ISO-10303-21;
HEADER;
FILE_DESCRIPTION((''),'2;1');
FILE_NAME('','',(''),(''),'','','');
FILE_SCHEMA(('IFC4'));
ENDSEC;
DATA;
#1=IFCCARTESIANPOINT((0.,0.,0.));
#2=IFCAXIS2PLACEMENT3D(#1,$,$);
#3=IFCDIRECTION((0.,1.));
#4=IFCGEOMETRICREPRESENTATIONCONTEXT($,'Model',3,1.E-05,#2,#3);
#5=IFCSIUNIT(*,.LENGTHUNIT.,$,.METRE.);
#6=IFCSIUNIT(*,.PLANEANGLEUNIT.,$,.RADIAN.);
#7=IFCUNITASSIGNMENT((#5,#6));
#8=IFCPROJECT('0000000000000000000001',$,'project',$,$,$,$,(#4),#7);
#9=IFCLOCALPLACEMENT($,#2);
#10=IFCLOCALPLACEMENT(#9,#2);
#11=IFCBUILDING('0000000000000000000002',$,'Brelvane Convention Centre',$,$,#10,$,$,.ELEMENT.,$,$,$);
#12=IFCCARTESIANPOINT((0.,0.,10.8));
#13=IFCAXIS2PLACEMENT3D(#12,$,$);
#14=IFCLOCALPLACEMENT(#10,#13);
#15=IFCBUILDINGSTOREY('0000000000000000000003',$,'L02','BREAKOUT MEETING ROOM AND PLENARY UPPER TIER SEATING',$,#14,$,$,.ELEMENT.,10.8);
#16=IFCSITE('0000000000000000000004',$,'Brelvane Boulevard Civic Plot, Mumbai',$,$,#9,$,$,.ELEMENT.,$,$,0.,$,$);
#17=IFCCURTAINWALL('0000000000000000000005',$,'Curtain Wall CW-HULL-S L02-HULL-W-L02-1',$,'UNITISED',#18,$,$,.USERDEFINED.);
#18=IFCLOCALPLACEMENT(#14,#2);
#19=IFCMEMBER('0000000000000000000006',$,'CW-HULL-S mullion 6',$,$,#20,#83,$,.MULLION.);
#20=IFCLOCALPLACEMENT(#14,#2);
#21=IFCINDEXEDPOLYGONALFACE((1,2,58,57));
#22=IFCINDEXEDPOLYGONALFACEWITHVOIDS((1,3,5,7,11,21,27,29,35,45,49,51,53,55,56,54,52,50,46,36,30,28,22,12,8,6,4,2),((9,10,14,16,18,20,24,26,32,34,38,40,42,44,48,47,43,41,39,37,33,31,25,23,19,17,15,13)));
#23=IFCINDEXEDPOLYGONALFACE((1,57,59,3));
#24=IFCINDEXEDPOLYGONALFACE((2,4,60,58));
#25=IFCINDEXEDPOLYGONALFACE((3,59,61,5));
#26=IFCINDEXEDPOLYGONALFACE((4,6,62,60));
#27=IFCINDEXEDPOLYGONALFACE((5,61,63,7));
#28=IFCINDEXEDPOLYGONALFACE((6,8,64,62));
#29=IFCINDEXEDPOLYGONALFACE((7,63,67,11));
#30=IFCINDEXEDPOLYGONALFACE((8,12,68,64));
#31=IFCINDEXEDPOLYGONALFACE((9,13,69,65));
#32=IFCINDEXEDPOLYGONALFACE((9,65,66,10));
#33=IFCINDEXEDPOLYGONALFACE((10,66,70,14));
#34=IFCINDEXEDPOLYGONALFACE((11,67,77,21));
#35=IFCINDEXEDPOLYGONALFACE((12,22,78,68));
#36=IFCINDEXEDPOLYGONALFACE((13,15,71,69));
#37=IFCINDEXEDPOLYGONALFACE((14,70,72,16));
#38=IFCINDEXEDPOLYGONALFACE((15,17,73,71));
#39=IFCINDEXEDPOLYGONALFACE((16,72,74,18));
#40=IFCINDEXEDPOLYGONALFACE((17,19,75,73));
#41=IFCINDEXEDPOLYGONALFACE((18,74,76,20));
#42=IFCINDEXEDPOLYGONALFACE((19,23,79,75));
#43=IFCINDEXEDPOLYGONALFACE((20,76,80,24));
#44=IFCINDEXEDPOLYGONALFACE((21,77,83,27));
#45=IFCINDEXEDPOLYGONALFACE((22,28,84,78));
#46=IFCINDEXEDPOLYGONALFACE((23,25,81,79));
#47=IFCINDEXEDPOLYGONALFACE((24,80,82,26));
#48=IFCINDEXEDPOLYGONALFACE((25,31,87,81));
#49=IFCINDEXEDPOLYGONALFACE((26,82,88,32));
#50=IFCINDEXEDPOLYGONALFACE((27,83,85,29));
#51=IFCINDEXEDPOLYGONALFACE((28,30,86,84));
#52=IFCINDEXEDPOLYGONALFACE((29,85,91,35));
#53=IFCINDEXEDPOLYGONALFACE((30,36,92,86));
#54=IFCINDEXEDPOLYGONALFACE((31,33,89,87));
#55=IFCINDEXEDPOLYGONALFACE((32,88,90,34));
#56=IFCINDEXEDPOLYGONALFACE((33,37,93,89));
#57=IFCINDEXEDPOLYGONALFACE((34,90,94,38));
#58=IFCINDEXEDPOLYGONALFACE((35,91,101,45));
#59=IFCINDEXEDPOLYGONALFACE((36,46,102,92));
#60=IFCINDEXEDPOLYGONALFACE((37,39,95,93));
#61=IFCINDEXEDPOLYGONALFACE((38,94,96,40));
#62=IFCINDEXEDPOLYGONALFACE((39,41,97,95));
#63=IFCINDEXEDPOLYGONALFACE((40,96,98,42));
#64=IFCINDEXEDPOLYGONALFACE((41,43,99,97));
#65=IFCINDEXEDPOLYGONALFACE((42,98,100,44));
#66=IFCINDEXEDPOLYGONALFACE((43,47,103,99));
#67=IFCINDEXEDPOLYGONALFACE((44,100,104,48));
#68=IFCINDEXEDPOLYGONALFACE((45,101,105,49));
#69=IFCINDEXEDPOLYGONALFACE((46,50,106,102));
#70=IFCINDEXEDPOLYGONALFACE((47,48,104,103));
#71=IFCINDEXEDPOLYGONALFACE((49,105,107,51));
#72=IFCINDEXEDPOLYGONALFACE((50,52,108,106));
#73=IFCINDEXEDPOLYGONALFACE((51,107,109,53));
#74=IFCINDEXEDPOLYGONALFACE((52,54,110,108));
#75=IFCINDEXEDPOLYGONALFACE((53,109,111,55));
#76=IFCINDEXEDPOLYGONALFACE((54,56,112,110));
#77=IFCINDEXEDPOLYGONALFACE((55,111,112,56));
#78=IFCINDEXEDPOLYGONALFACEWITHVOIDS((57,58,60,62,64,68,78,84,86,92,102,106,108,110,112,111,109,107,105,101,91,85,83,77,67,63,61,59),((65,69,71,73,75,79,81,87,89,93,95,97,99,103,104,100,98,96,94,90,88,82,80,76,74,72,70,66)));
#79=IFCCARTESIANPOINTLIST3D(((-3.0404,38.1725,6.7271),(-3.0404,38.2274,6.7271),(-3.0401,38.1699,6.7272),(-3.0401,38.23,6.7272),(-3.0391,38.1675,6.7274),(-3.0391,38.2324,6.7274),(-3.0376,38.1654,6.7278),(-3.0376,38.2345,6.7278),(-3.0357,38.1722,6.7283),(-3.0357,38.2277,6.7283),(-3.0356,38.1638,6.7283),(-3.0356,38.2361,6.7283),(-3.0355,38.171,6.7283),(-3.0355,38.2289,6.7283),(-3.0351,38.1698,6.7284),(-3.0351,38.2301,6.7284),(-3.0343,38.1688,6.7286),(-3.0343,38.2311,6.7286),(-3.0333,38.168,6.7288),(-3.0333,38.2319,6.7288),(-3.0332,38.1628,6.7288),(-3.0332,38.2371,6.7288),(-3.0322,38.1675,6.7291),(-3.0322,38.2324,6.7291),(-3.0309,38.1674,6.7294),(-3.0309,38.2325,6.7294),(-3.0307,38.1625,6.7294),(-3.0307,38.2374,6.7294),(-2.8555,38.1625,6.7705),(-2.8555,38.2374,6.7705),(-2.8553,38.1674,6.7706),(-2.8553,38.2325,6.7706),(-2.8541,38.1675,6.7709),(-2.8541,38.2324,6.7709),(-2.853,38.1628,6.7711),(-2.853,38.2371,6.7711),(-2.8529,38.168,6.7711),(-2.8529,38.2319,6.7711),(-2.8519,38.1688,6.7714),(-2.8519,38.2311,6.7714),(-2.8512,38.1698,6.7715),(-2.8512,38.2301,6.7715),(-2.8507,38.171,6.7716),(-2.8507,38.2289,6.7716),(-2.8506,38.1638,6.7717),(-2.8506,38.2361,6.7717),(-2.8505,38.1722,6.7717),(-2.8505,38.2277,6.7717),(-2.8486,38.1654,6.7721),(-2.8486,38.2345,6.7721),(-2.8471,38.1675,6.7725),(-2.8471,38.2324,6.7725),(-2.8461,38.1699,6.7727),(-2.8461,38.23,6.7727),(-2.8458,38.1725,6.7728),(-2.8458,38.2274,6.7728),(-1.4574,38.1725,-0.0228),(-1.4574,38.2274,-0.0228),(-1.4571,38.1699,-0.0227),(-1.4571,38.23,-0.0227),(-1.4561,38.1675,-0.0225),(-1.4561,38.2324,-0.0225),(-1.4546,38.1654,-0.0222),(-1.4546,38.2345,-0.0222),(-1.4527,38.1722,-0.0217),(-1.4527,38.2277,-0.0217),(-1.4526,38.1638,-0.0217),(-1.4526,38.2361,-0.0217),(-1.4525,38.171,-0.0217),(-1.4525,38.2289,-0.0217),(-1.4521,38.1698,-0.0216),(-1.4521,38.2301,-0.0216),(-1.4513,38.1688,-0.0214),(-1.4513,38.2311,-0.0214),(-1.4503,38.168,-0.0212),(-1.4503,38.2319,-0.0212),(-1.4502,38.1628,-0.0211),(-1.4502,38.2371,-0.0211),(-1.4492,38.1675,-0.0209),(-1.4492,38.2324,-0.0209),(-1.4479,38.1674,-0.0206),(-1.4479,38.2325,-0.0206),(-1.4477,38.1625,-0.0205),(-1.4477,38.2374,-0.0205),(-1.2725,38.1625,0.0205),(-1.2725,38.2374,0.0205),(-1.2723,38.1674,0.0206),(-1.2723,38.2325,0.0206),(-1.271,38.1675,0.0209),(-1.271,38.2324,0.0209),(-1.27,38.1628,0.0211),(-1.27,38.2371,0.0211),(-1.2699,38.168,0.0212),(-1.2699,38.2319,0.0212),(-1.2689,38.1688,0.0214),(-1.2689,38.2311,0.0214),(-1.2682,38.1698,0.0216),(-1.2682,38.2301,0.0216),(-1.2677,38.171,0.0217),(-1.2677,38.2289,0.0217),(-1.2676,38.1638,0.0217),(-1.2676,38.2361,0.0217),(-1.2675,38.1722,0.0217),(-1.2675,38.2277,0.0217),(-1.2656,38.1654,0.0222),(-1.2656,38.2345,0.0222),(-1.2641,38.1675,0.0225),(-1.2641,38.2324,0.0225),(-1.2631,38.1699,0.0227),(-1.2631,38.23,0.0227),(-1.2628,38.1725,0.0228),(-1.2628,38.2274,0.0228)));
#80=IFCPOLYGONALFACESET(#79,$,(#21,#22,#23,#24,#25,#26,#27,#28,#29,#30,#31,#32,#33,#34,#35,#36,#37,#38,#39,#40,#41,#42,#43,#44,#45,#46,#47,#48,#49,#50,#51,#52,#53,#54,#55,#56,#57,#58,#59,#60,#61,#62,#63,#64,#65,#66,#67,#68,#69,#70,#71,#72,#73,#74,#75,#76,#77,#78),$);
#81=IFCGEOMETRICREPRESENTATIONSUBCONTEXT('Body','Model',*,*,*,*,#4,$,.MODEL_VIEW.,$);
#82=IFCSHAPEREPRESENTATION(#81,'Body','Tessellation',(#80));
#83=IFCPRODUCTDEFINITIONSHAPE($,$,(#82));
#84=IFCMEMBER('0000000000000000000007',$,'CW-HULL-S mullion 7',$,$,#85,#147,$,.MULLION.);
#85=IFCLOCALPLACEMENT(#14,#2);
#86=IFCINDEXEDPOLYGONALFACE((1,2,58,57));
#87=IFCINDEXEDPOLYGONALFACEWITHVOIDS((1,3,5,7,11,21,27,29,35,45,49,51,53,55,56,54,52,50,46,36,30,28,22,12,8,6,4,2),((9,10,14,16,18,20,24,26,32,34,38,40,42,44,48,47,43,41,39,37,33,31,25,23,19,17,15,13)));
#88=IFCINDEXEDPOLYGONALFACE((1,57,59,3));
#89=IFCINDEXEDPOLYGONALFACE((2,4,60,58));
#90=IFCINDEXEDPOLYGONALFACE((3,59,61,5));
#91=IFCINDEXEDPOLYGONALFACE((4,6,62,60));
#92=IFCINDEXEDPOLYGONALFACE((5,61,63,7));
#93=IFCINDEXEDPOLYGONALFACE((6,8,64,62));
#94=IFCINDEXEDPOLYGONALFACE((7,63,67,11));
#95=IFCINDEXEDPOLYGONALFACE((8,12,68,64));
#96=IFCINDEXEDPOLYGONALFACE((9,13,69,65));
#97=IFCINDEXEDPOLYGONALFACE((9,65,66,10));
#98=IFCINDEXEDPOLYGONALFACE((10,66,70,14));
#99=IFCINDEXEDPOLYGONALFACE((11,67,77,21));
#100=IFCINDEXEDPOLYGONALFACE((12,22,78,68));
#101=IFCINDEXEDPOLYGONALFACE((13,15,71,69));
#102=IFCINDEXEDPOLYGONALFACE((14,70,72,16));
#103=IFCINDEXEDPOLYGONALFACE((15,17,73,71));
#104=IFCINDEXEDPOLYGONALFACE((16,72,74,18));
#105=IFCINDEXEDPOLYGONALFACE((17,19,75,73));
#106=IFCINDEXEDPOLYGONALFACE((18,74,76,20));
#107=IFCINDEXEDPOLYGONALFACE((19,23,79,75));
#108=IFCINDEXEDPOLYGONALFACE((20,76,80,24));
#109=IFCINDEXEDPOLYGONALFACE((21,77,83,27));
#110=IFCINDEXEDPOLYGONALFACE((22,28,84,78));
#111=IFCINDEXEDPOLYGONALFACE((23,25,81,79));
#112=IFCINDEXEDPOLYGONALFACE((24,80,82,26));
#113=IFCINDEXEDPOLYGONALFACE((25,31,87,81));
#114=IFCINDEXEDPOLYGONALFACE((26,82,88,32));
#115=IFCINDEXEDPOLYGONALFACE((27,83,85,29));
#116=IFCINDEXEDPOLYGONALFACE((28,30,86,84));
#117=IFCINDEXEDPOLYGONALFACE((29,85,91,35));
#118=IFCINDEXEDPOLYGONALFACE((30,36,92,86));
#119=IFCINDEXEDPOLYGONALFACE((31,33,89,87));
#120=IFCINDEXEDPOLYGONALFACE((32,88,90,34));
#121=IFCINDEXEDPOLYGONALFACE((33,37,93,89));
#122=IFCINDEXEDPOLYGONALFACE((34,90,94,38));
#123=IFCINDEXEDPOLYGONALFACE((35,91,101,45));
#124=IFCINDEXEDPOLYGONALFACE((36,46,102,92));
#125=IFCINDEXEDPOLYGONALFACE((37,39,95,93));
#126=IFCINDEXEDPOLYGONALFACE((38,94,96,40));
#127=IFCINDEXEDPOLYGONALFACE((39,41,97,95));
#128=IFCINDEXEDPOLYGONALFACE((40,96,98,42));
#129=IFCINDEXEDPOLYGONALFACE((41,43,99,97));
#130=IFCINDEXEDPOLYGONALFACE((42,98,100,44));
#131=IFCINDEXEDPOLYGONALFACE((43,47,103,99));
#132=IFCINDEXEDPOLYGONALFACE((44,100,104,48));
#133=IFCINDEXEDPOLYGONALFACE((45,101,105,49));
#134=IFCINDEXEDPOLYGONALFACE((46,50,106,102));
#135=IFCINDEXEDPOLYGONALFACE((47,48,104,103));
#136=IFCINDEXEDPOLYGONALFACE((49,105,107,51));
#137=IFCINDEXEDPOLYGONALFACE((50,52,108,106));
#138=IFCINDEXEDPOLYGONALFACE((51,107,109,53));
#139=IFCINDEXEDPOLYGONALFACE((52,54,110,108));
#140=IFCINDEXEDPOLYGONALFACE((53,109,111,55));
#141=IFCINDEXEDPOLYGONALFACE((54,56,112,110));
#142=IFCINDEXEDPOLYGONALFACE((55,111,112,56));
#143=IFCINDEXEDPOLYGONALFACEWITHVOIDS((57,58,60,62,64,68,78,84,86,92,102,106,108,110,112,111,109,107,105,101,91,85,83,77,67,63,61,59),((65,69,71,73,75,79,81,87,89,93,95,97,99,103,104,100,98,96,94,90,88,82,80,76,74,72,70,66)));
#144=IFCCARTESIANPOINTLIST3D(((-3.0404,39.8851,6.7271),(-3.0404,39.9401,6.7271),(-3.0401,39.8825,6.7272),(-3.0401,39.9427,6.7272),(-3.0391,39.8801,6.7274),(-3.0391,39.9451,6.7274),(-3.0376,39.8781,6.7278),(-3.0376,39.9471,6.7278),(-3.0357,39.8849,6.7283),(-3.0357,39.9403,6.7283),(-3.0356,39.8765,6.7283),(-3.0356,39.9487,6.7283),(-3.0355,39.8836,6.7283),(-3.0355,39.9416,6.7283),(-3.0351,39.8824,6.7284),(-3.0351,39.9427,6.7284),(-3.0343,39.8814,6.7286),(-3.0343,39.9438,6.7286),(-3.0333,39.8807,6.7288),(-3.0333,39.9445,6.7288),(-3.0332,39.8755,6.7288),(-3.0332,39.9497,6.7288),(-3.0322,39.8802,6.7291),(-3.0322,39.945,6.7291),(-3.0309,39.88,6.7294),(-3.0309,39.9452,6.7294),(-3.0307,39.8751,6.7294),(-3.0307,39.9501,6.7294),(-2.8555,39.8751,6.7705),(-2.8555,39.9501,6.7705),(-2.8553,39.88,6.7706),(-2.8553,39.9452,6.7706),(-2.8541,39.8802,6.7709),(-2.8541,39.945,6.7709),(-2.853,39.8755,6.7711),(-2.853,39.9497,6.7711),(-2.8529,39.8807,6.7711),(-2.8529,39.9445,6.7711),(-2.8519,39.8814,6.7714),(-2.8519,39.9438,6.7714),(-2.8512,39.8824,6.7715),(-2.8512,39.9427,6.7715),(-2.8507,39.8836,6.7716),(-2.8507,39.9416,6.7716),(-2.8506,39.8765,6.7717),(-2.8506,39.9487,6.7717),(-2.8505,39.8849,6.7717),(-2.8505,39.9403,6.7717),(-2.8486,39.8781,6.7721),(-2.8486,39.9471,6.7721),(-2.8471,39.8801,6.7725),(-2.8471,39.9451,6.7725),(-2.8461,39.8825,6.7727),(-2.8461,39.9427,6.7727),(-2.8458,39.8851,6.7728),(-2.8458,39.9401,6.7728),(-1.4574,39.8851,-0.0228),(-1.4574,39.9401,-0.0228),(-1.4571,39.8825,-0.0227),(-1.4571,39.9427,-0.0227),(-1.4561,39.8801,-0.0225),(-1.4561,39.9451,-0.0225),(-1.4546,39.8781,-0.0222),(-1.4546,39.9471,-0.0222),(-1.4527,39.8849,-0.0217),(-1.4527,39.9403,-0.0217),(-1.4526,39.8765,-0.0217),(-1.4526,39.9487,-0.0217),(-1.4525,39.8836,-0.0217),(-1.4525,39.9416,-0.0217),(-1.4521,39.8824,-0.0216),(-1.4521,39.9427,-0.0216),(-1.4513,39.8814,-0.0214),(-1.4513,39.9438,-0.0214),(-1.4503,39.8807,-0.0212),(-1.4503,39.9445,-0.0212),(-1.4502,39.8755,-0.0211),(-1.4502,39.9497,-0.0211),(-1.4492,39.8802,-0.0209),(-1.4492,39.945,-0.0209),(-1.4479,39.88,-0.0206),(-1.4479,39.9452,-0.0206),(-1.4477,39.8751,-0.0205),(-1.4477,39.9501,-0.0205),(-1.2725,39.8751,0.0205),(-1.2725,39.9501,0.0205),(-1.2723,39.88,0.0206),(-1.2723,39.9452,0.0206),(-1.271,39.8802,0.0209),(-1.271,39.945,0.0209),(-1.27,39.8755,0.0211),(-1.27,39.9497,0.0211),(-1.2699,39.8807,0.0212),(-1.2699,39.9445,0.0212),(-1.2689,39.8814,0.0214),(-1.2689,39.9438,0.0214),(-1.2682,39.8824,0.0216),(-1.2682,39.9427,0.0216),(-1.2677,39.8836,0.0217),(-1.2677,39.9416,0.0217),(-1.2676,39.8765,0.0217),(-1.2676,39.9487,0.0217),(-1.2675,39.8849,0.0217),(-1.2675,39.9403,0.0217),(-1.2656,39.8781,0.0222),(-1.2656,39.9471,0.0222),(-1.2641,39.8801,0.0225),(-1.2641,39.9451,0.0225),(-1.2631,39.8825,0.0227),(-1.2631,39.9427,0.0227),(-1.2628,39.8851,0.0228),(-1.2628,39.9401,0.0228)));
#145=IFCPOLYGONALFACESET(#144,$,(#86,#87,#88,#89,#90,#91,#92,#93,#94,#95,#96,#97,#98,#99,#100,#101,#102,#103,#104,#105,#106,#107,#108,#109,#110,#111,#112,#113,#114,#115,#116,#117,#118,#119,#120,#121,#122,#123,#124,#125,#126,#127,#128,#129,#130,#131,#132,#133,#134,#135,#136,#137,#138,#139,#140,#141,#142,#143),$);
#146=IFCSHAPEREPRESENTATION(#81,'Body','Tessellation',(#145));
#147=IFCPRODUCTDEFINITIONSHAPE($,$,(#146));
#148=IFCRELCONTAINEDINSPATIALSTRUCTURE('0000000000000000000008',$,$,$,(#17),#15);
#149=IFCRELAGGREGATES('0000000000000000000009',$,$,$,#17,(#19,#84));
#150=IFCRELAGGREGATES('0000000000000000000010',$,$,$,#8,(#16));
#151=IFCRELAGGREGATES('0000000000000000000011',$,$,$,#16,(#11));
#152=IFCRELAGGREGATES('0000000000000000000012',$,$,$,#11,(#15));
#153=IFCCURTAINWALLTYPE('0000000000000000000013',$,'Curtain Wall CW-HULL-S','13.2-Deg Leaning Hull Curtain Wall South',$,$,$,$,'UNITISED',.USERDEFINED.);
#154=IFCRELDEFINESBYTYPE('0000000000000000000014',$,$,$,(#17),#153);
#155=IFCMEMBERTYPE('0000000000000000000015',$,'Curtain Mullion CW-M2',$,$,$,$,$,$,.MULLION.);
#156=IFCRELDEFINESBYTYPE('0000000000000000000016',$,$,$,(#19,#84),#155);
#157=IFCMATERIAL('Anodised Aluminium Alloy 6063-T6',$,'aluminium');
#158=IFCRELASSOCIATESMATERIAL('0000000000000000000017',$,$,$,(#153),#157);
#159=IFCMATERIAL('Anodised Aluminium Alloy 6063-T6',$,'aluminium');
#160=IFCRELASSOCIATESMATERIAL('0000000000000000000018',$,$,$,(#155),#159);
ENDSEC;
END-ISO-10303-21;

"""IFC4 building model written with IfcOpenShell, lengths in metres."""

from ifc_helpers import new_model, si_unit, direction, frame, origin, origin_2d, place, context, subcontext, project, spatial, hollow_rectangle, extrude, material, material_profile, profile_set, type_object, element, aggregate, save


model = new_model("IFC4")

# Units and contexts
model_context = context("Model", 3, precision=1e-05, world=origin(), true_north=direction((0.0, 1.0)))
body_context = subcontext(model_context, "Body", "Model", "MODEL_VIEW")
ifc_project = project(units=[si_unit("LENGTHUNIT", "METRE"), si_unit("PLANEANGLEUNIT", "RADIAN")], contexts=[model_context])

# Site, building, storey
site_placement = place(None, origin())
site = spatial("IfcSite", under=ifc_project, at=site_placement, Name="Brelvane Boulevard Civic Plot, Mumbai", CompositionType="ELEMENT", RefElevation=0.0)
building_placement = place(site_placement, origin())
building = spatial("IfcBuilding", under=site, at=building_placement, Name="Brelvane Convention Centre", CompositionType="ELEMENT")
storey_placement = place(building_placement, frame((0.0, 0.0, 10.8)))
storey = spatial("IfcBuildingStorey", under=building, at=storey_placement, Name="L02", Description="BREAKOUT MEETING ROOM AND PLENARY UPPER TIER SEATING", CompositionType="ELEMENT", Elevation=10.8)

# Curtain wall, members
ifc_material_1 = material(Name="Anodised Aluminium Alloy 6063-T6", Category="aluminium")
curtain_wall_type = type_object("IfcCurtainWallType", Name="Curtain Wall CW-HULL-S", Description="13.2-Deg Leaning Hull Curtain Wall South", ElementType="UNITISED", PredefinedType="USERDEFINED", material=ifc_material_1)
curtain_wall_1_placement = place(storey_placement, origin())
curtain_wall_1 = element("IfcCurtainWall", 1, at=curtain_wall_1_placement, inside=storey, type_object=curtain_wall_type, Name="Curtain Wall CW-HULL-S L02-HULL-W-L02-1", ObjectType="UNITISED", PredefinedType="USERDEFINED")
ifc_material_2 = material(Name="Anodised Aluminium Alloy 6063-T6", Category="aluminium")
ifc_material_profile_1 = material_profile(ifc_material_2, hollow_rectangle(XDim=0.075, YDim=0.2, WallThickness=0.0049, InnerFilletRadius=0.0049, OuterFilletRadius=0.01, at=origin_2d()), Name="ALU-M 200x75x5.0")
ifc_profile_set_1 = profile_set([ifc_material_profile_1], Name="Anodised Aluminium Alloy 6063-T6")
member_type_1 = type_object("IfcMemberType", Name="Curtain Mullion CW-M2", PredefinedType="MULLION", material=ifc_profile_set_1)
member_1_placement = place(storey_placement, frame((-1.3601, 38.2, 0.0), z_axis=(-0.228325, 0.0, 0.973585), x_axis=(0.0, -1.0, 0.0)))
member_1 = element("IfcMember", 2, at=member_1_placement, type_object=member_type_1, Name="CW-HULL-S mullion 6", PredefinedType="MULLION", context=body_context, shape_type="SweptSolid", body=[
    extrude(hollow_rectangle(XDim=0.075, YDim=0.2, WallThickness=0.0049, InnerFilletRadius=0.0049, OuterFilletRadius=0.01, at=origin_2d()), origin(), (0.0, 0.0, 1.0), 6.9331),
])
member_2_placement = place(storey_placement, frame((-1.3601, 39.9126, 0.0), z_axis=(-0.228325, 0.0, 0.973585), x_axis=(0.0, -1.0, 0.0)))
member_2 = element("IfcMember", 3, at=member_2_placement, type_object=member_type_1, Name="CW-HULL-S mullion 7", PredefinedType="MULLION", context=body_context, shape_type="SweptSolid", body=[
    extrude(hollow_rectangle(XDim=0.075, YDim=0.2, WallThickness=0.0049, InnerFilletRadius=0.0049, OuterFilletRadius=0.01, at=origin_2d()), origin(), (0.0, 0.0, 1.0), 6.9331),
])

aggregate(curtain_wall_1, [member_1, member_2])

save(model, "model.ifc")
